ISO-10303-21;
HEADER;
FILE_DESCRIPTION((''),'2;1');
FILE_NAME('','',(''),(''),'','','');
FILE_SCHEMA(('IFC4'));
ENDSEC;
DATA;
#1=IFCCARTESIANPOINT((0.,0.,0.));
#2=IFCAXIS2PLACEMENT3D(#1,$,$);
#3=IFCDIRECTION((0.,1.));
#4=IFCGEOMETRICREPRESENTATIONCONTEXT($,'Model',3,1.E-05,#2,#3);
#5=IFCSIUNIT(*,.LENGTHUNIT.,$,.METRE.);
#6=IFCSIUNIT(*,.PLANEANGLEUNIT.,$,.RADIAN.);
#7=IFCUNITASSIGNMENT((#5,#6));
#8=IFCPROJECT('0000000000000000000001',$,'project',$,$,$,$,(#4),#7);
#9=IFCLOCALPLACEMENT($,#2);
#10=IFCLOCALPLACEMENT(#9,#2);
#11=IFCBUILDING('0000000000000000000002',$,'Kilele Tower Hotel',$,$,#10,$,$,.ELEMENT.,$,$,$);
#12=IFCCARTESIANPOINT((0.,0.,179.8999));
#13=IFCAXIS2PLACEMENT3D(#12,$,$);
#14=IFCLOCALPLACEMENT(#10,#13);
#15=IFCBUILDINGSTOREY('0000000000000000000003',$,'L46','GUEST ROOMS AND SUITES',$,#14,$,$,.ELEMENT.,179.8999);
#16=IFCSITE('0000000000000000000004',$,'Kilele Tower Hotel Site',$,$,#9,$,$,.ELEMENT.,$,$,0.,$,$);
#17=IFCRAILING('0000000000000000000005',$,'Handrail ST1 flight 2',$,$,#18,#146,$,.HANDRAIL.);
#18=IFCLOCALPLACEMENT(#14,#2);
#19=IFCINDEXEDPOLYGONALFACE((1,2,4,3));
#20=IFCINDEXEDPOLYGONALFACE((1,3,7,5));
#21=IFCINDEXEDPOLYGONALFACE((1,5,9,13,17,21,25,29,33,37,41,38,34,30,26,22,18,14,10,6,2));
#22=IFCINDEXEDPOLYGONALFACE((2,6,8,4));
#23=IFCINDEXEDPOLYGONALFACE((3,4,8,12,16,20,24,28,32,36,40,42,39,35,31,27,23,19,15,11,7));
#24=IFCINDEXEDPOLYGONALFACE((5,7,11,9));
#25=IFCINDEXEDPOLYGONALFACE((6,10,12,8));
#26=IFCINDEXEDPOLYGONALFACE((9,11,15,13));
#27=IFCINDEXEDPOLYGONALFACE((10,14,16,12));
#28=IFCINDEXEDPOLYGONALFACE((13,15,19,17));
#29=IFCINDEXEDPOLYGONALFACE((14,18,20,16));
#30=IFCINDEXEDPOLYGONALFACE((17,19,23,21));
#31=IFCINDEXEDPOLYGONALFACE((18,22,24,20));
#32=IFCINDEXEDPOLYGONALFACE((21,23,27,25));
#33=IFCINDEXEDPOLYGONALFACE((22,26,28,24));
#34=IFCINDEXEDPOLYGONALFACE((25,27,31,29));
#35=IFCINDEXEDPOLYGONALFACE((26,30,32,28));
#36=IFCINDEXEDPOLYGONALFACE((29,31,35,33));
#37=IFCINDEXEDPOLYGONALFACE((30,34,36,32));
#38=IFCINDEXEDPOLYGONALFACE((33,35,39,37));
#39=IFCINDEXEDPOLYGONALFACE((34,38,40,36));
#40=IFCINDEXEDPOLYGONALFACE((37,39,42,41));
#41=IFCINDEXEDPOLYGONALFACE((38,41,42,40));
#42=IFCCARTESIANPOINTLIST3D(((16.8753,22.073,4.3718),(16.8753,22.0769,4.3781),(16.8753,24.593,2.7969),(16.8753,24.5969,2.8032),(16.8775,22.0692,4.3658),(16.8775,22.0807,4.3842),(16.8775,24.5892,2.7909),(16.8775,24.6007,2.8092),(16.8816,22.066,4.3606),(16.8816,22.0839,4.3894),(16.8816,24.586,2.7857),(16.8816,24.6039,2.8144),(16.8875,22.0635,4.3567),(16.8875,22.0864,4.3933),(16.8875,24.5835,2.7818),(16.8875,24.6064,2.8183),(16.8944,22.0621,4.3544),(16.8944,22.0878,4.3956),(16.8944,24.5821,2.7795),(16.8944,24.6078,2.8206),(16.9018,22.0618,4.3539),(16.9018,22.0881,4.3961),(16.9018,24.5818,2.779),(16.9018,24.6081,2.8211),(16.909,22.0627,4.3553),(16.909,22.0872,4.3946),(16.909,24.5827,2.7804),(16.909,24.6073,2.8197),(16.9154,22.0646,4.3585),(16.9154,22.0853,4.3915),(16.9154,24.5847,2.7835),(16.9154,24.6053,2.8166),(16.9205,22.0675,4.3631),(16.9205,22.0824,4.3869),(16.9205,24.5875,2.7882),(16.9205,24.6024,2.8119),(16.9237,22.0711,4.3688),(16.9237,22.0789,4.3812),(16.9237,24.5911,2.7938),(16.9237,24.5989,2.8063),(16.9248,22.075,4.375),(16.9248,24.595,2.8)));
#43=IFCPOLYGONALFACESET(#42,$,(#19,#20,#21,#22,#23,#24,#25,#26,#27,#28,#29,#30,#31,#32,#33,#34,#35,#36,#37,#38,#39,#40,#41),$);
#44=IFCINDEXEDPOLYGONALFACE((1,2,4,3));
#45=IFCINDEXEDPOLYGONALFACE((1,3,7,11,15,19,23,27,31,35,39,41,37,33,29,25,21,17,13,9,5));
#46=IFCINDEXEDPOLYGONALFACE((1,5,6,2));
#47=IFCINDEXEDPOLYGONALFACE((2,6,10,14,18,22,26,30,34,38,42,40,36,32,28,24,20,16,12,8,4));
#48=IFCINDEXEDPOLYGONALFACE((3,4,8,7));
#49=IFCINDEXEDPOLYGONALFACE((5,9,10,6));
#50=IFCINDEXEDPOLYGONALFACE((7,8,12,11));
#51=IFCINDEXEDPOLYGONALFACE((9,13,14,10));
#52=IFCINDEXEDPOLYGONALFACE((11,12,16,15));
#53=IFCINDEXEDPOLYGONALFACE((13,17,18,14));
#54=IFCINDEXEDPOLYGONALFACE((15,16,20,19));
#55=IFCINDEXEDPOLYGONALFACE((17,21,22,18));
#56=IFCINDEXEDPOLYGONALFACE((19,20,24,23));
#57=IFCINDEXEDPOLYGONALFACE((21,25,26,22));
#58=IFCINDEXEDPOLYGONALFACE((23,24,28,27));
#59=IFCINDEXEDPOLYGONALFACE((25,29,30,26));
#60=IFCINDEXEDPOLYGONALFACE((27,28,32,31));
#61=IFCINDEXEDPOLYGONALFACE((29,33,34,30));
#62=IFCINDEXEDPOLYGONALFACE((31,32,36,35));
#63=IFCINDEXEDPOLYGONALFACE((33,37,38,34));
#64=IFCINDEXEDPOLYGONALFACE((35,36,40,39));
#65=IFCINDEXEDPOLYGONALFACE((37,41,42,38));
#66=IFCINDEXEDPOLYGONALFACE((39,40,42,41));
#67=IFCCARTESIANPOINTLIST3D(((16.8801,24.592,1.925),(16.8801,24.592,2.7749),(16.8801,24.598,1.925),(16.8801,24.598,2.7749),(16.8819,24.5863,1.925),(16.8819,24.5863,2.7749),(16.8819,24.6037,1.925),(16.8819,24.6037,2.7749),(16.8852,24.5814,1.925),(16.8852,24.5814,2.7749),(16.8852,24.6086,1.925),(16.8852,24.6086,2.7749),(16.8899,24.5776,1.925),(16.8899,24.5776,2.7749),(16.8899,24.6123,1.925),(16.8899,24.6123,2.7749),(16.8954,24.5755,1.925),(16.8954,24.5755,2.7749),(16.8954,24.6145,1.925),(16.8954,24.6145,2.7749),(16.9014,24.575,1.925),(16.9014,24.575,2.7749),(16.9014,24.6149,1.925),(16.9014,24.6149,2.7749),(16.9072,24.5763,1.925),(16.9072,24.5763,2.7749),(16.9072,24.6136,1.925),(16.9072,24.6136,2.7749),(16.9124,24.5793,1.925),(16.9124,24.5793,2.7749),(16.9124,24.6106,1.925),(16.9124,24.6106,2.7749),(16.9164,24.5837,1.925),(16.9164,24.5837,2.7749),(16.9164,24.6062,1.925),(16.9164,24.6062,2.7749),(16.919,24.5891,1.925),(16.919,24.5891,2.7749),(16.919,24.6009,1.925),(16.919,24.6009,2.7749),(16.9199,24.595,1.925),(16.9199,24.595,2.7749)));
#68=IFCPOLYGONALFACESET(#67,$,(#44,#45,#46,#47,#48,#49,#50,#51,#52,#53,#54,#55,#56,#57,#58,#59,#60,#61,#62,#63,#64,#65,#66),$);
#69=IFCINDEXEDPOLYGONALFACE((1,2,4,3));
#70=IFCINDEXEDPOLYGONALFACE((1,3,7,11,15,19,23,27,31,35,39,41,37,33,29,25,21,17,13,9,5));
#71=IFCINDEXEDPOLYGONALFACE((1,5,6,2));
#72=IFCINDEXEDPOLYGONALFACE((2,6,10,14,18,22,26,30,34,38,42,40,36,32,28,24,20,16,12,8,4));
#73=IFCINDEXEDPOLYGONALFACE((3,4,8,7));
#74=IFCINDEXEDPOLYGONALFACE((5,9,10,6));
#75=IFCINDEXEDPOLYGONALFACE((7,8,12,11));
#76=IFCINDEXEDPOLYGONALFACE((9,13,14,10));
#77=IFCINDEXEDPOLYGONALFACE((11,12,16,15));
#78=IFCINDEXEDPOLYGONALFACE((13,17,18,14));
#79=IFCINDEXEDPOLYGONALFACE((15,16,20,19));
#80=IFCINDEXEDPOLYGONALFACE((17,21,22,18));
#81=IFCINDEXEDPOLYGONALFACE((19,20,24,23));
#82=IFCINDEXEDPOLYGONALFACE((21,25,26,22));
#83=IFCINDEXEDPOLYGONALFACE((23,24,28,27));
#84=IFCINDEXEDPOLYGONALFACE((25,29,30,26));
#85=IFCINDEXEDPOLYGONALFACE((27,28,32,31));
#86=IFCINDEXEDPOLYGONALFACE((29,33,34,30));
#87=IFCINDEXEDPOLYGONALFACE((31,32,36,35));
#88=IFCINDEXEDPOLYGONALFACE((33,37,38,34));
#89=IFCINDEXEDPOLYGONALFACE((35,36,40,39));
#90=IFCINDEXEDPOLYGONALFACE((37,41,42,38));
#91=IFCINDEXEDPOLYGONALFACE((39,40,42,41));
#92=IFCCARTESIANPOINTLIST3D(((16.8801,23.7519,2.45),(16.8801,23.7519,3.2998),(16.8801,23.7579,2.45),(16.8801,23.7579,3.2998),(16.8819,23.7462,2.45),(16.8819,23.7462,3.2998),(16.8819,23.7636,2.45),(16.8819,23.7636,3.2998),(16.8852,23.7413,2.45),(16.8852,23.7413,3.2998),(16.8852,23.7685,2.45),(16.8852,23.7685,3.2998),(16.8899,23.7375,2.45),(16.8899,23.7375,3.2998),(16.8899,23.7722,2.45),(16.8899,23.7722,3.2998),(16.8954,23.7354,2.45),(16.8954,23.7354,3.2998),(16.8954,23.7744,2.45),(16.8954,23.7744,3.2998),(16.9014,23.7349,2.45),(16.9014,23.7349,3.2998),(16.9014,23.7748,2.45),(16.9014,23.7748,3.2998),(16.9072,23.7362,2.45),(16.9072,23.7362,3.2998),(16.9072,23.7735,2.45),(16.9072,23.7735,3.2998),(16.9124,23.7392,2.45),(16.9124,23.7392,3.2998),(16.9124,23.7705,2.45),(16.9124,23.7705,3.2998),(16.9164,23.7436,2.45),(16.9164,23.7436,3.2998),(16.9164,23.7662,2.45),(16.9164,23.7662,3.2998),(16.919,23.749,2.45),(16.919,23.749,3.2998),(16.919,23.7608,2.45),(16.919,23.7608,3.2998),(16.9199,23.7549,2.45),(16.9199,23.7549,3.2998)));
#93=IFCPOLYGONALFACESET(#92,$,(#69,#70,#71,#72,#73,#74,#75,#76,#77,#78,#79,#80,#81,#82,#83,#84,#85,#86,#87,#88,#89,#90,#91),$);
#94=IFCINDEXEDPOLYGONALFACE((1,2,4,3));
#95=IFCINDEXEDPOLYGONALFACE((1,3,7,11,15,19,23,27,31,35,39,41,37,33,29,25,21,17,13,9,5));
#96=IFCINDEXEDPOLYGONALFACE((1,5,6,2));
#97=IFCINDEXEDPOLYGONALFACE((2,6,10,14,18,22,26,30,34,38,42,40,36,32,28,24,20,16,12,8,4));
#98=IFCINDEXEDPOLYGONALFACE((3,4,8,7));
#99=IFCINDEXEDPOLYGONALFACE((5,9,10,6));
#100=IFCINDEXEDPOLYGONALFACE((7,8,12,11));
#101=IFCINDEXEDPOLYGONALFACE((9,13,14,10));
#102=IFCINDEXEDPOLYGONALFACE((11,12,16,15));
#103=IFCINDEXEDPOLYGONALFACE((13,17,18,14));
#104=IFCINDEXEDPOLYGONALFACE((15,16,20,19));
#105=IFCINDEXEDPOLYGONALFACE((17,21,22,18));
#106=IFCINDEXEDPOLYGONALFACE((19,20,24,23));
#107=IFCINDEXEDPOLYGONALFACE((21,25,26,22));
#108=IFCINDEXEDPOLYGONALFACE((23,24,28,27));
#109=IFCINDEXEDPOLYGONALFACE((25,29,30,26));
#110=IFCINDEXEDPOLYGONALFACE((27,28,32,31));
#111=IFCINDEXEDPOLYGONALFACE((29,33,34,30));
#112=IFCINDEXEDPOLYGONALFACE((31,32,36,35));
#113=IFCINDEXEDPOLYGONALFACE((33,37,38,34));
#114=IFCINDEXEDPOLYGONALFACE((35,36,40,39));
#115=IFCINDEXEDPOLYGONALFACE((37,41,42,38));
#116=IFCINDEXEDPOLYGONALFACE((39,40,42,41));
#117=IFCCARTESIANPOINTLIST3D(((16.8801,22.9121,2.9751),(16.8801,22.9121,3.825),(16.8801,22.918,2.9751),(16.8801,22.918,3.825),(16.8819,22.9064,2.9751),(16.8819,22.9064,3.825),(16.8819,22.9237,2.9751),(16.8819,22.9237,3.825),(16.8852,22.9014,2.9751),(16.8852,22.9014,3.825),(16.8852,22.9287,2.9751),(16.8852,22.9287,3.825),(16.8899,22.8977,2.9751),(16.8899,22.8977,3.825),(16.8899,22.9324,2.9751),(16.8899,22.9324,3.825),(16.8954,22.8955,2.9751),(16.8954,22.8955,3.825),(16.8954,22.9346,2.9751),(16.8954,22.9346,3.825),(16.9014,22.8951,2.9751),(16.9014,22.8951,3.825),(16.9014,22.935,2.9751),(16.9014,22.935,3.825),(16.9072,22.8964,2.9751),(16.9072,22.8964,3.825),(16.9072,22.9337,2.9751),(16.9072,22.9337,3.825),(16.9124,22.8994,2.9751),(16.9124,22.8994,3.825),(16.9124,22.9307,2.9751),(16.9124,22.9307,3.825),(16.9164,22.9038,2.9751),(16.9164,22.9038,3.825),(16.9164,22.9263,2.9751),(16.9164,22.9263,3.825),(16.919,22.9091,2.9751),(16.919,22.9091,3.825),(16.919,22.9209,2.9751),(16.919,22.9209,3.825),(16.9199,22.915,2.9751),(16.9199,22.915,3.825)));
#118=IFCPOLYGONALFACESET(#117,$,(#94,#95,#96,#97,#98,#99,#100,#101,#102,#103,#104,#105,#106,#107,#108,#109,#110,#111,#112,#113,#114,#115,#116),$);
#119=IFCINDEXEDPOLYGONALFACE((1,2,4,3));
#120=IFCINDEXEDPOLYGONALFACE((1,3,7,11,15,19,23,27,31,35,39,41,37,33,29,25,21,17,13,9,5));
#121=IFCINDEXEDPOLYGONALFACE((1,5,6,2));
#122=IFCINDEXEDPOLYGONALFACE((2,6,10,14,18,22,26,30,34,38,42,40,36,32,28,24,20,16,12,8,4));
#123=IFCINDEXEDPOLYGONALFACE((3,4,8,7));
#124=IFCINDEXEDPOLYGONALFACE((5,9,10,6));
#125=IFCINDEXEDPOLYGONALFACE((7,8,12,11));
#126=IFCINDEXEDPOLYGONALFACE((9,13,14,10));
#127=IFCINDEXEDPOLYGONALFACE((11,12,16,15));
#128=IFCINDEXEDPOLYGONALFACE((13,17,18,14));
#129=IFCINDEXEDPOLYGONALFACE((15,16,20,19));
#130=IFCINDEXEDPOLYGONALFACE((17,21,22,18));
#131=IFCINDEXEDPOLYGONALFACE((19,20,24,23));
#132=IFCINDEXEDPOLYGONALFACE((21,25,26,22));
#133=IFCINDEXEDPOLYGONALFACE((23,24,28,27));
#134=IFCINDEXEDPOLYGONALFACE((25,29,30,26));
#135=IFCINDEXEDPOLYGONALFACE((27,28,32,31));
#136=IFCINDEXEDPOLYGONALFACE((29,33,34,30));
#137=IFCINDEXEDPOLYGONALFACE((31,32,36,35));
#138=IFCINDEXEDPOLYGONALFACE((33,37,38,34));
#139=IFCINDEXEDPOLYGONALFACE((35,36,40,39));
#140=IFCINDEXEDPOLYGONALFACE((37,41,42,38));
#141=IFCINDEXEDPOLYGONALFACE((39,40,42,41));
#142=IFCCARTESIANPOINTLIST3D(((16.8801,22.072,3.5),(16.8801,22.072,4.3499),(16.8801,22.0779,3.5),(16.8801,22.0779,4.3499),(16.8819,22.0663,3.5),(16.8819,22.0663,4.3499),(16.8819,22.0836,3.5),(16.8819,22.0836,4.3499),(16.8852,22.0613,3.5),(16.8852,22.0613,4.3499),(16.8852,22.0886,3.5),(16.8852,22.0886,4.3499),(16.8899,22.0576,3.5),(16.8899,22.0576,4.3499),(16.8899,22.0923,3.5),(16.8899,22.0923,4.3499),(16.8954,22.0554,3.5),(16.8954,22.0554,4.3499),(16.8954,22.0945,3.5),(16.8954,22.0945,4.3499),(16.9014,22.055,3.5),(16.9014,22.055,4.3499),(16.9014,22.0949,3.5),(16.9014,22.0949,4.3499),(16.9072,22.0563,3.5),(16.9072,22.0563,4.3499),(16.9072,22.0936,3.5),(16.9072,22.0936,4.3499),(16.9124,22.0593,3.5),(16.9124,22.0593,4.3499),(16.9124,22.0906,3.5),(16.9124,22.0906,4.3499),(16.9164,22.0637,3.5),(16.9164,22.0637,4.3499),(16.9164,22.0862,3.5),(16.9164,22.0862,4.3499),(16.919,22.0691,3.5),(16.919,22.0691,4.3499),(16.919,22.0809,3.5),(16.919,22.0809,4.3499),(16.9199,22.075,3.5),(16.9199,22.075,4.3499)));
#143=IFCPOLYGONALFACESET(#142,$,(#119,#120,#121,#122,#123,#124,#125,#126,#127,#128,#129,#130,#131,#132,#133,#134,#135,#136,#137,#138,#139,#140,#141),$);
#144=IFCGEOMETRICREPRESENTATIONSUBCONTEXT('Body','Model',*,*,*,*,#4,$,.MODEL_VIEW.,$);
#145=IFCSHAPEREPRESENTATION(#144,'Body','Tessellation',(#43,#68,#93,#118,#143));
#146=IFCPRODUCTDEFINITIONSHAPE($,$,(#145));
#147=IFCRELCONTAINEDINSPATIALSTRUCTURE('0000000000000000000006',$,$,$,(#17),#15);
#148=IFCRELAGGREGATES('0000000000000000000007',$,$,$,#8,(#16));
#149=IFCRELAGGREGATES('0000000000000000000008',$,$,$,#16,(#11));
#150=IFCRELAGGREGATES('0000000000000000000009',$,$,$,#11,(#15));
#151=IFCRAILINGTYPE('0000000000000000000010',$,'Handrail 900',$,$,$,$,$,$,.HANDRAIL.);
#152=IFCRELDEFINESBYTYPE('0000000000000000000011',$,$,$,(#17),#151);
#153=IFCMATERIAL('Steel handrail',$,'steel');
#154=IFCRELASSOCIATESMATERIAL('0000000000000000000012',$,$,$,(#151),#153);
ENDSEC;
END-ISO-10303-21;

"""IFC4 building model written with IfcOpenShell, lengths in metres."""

from ifc_helpers import new_model, si_unit, direction, frame, origin, origin_2d, place, context, subcontext, project, spatial, circle, extrude, material, type_object, element, save


model = new_model("IFC4")

# Units and contexts
model_context = context("Model", 3, precision=1e-05, world=origin(), true_north=direction((0.0, 1.0)))
body_context = subcontext(model_context, "Body", "Model", "MODEL_VIEW")
ifc_project = project(units=[si_unit("LENGTHUNIT", "METRE"), si_unit("PLANEANGLEUNIT", "RADIAN")], contexts=[model_context])

# Site, building, storey
site_placement = place(None, origin())
site = spatial("IfcSite", under=ifc_project, at=site_placement, Name="Kilele Tower Hotel Site", CompositionType="ELEMENT", RefElevation=0.0)
building_placement = place(site_placement, origin())
building = spatial("IfcBuilding", under=site, at=building_placement, Name="Kilele Tower Hotel", CompositionType="ELEMENT")
storey_placement = place(building_placement, frame((0.0, 0.0, 179.8999)))
storey = spatial("IfcBuildingStorey", under=building, at=storey_placement, Name="L46", Description="GUEST ROOMS AND SUITES", CompositionType="ELEMENT", Elevation=179.8999)

# Railing
ifc_material_1 = material(Name="Steel handrail", Category="steel")
railing_type_1 = type_object("IfcRailingType", Name="Handrail 900", PredefinedType="HANDRAIL", material=ifc_material_1)
for number, where, name in (
    (1, (16.8999, 24.595, 1.925), "Handrail ST1 flight 2"),
):
    element("IfcRailing", number, at=place(storey_placement, frame(where)), inside=storey, type_object=railing_type_1, Name=name, PredefinedType="HANDRAIL", context=body_context, shape_type="SweptSolid", body=[
        extrude(circle(Radius=0.0249, at=origin_2d()), frame((0.0, 0.0, 0.875), z_axis=(0.0, -0.848008, 0.529984), x_axis=(1.0, 0.0, 0.0)), (0.0, 0.0, 1.0), 2.9717),
        extrude(circle(Radius=0.02, at=origin_2d()), origin(), (0.0, 0.0, 1.0), 0.8499),
        extrude(circle(Radius=0.02, at=origin_2d()), frame((0.0, -0.8401, 0.5249)), (0.0, 0.0, 1.0), 0.8499),
        extrude(circle(Radius=0.02, at=origin_2d()), frame((0.0, -1.6799, 1.05)), (0.0, 0.0, 1.0), 0.8499),
        extrude(circle(Radius=0.02, at=origin_2d()), frame((0.0, -2.52, 1.575)), (0.0, 0.0, 1.0), 0.8499),
    ])

save(model, "model.ifc")
